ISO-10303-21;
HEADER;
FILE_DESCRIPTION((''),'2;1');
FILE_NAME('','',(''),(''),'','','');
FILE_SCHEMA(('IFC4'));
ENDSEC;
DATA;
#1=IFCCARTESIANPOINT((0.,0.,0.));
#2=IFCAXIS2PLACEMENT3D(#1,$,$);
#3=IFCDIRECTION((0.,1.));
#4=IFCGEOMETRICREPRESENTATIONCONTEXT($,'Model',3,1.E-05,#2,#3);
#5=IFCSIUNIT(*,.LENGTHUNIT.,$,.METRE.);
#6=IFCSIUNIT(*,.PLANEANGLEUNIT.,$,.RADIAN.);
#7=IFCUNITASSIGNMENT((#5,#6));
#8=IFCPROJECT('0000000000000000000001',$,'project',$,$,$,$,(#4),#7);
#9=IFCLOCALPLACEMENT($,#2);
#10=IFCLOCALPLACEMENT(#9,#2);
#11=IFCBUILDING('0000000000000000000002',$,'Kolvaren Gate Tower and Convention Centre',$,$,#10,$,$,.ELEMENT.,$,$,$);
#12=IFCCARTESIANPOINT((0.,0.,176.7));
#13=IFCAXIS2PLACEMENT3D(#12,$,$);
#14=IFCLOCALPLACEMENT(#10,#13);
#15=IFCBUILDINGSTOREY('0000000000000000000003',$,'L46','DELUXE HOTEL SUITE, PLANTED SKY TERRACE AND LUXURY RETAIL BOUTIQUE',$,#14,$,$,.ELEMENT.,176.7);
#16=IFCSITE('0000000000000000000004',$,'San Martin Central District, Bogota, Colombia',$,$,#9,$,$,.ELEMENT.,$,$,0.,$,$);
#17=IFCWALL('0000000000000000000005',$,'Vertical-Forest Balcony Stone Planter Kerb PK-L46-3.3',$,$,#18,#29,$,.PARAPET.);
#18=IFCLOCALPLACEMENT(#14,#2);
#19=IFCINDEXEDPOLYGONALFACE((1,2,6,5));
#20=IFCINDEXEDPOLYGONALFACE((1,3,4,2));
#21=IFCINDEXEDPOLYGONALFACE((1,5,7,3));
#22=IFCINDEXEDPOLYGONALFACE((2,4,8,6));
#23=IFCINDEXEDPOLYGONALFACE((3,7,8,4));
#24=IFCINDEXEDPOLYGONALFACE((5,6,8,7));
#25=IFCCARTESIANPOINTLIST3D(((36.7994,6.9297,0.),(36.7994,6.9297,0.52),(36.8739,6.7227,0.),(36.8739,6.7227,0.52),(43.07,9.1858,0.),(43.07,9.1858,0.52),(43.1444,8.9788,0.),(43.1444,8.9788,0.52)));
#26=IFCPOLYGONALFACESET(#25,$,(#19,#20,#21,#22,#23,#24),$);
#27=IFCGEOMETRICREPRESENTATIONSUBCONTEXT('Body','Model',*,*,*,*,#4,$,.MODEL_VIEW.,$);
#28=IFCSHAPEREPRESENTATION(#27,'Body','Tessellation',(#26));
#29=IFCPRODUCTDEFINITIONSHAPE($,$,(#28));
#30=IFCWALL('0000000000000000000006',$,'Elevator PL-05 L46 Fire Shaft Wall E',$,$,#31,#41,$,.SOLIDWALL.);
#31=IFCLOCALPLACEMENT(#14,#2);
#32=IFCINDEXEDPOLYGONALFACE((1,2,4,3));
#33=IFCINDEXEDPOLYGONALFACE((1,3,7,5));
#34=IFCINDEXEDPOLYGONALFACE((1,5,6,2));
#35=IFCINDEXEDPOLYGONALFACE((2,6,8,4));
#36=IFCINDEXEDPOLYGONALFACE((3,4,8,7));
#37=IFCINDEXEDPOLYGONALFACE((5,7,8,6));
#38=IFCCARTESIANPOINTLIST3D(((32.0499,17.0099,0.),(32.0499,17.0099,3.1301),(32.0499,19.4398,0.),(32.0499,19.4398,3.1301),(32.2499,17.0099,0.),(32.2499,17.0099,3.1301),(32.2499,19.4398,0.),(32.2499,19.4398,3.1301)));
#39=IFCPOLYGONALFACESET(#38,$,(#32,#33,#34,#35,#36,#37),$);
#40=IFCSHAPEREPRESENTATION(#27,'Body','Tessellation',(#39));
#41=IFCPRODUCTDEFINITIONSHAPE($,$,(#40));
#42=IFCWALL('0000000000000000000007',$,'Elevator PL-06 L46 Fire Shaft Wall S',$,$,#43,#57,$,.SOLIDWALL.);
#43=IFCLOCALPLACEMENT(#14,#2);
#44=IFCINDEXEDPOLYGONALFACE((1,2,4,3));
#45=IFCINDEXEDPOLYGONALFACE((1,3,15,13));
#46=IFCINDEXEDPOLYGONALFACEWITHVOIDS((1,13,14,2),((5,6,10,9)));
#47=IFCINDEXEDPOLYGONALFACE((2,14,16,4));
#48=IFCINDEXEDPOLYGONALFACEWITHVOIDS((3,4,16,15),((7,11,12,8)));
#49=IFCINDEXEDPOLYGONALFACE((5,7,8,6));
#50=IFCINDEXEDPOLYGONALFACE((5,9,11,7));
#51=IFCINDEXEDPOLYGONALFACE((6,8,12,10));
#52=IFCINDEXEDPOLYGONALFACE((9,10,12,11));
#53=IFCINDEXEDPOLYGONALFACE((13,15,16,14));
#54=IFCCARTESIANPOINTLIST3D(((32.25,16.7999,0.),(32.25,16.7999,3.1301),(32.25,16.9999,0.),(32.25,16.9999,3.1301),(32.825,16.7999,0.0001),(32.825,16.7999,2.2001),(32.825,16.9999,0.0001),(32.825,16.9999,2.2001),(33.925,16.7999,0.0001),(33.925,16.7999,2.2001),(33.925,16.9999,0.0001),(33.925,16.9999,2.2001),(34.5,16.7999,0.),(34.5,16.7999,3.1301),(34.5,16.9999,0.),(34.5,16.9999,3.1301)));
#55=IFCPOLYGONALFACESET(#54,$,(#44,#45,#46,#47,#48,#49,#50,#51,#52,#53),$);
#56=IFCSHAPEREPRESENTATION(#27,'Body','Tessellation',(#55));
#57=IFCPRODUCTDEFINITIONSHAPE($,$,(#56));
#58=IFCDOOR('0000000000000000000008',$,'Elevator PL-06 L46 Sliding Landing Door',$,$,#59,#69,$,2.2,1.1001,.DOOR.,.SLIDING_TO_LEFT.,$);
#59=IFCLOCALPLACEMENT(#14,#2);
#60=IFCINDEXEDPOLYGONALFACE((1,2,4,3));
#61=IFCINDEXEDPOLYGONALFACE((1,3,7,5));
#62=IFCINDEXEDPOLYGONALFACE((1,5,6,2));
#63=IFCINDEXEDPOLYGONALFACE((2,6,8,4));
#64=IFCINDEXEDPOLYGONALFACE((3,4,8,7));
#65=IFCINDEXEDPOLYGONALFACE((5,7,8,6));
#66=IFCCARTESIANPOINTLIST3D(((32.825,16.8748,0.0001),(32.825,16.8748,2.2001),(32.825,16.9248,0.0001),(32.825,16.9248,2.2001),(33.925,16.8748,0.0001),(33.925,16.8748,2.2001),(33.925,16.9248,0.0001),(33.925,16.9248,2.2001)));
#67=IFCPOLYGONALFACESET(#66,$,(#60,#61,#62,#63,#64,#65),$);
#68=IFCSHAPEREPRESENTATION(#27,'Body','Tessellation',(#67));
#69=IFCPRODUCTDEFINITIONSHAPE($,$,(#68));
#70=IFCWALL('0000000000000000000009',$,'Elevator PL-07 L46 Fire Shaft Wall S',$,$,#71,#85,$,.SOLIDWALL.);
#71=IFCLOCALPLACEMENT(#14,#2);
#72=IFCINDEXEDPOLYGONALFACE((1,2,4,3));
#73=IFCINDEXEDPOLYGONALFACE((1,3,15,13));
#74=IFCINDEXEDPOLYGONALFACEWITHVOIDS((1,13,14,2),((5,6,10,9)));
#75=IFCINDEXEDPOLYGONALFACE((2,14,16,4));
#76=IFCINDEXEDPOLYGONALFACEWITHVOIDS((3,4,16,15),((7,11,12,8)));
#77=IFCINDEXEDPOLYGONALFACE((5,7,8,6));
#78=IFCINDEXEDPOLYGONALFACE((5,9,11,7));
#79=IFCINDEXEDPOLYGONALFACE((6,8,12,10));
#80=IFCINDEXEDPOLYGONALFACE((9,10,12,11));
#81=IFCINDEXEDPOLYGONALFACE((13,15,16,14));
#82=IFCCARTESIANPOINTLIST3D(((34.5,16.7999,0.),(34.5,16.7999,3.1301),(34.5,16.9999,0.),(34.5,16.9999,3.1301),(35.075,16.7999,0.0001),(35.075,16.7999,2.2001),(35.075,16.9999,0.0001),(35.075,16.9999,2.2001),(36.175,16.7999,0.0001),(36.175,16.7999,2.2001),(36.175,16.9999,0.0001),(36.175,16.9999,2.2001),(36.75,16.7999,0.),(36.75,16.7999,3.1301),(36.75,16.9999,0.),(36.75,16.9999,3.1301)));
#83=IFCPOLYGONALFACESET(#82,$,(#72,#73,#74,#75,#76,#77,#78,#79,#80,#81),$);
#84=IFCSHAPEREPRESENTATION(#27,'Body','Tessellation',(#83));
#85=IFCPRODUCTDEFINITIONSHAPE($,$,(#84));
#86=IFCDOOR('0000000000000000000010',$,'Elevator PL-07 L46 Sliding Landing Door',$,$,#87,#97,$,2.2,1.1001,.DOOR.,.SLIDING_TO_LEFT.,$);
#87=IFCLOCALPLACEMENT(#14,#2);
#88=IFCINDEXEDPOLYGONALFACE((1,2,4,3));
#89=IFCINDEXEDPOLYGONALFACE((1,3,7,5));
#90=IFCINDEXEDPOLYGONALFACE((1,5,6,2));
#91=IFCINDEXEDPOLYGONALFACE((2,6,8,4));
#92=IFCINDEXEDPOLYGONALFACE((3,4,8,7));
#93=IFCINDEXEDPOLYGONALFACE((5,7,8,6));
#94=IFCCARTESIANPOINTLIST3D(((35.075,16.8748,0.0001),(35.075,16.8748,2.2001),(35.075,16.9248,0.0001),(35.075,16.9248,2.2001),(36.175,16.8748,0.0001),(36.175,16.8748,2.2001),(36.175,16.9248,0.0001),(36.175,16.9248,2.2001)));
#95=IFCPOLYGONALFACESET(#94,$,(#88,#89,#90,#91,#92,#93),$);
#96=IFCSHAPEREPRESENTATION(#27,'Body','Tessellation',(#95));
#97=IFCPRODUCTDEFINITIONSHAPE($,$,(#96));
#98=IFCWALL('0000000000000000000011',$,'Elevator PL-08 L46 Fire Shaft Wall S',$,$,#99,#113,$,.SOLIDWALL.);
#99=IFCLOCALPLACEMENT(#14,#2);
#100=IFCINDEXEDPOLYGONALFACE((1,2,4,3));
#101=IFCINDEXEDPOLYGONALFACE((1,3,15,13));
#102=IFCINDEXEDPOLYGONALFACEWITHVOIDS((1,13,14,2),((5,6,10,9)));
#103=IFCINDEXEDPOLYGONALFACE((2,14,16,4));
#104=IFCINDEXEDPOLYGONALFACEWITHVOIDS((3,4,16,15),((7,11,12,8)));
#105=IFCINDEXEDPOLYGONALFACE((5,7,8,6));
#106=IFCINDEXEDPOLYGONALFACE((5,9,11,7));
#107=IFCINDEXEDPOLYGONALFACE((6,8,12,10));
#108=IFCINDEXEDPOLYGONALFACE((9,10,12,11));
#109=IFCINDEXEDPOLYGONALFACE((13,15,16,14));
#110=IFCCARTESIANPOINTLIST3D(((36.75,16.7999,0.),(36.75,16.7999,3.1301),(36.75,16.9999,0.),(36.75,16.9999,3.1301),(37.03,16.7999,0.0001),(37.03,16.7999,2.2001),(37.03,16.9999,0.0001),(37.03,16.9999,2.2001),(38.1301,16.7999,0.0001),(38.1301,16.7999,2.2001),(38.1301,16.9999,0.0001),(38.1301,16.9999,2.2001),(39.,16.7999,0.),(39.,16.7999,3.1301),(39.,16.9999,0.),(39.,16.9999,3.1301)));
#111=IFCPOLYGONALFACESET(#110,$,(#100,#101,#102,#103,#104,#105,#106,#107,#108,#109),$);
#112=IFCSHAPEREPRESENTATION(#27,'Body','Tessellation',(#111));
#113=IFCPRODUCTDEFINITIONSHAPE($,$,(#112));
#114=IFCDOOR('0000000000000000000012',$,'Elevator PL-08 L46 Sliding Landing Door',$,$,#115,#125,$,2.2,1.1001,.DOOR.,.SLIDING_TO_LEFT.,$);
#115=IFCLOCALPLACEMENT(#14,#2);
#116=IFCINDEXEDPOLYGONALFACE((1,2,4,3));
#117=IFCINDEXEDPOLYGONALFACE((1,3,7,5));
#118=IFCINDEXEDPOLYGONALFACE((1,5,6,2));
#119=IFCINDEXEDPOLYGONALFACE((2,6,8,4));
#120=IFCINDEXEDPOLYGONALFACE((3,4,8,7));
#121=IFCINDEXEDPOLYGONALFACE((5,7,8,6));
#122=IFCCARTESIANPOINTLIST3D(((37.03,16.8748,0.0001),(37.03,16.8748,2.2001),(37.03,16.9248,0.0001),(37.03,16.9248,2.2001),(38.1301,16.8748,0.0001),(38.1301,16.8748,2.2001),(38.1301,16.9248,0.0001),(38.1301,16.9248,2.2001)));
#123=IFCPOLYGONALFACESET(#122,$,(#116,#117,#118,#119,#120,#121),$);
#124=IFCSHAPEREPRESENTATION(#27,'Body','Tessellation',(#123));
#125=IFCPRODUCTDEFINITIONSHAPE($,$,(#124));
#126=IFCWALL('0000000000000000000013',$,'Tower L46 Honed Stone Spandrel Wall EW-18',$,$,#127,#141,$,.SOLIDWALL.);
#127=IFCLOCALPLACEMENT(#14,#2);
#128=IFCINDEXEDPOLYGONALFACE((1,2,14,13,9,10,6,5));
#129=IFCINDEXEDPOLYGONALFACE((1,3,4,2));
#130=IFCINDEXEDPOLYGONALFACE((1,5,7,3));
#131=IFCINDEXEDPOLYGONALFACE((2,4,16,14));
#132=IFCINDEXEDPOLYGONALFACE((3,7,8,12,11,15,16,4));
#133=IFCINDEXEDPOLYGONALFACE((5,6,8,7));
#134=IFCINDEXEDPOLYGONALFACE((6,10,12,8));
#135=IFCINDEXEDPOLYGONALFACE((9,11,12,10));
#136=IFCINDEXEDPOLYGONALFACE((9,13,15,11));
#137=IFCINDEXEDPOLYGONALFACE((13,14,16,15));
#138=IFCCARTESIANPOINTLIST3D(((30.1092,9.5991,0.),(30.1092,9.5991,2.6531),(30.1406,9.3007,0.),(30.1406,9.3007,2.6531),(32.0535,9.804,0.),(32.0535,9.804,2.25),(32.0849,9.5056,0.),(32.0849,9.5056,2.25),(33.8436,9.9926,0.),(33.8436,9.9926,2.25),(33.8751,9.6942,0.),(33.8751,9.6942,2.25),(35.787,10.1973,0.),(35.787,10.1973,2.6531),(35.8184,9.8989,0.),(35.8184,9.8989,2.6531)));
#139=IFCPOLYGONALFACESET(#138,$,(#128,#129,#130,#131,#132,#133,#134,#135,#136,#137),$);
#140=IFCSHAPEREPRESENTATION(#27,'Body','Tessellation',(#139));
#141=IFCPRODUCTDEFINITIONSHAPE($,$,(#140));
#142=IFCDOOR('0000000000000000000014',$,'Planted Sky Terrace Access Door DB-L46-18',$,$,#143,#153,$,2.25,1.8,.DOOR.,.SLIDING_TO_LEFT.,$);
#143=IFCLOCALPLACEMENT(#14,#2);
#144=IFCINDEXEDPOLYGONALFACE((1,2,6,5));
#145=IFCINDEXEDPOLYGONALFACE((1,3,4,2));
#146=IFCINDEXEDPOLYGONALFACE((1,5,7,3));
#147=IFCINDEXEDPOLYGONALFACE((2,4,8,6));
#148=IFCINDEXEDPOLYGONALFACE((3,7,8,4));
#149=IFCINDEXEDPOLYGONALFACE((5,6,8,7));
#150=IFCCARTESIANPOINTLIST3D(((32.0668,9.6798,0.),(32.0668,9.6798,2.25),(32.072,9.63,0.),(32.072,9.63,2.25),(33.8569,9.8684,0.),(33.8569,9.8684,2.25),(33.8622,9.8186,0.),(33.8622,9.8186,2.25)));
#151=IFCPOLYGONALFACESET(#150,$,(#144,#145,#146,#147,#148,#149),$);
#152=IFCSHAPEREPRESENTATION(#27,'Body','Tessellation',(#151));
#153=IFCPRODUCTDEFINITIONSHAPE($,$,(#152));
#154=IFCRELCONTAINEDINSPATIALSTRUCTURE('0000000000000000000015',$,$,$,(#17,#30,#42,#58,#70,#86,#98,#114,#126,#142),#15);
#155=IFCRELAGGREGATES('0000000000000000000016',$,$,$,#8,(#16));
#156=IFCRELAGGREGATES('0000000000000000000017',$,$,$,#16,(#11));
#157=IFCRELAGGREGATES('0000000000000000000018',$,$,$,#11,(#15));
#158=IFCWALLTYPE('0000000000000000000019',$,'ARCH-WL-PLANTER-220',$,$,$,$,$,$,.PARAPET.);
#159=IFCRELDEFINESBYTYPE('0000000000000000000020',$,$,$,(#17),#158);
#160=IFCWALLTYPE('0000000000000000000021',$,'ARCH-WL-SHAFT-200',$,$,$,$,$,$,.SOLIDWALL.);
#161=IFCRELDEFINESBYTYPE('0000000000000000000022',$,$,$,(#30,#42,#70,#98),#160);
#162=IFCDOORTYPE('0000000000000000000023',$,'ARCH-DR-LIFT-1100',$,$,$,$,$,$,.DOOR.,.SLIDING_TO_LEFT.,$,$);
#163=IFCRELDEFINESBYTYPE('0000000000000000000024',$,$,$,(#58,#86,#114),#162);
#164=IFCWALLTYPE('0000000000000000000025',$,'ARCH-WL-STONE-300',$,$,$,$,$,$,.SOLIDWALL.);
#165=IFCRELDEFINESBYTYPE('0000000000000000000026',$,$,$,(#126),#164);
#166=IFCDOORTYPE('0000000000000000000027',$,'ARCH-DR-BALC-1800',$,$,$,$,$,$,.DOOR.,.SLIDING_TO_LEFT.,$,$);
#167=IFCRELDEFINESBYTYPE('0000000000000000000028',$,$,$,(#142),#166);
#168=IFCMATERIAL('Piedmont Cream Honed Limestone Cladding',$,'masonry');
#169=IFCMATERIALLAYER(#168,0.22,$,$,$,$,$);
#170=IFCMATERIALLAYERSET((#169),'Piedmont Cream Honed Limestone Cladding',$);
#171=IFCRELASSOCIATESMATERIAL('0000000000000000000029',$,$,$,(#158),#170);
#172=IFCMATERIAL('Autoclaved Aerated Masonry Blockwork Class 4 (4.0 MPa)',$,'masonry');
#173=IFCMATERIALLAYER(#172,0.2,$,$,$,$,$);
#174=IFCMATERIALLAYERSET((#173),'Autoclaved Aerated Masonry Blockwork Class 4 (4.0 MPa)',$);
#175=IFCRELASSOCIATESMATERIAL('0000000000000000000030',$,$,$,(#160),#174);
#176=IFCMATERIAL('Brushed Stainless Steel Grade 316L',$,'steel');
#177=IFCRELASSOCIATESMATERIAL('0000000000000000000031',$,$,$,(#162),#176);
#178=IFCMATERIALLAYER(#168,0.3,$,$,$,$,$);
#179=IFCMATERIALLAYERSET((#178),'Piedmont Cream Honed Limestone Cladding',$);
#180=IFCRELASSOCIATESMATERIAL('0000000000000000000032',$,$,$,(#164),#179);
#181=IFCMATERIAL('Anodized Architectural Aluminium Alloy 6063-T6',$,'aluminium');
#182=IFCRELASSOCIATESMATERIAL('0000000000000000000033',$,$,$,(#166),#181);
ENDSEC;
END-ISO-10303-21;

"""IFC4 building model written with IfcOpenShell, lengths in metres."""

from ifc_helpers import new_model, si_unit, direction, frame, frame_2d, origin, place, context, subcontext, project, spatial, rectangle, extrude, material, layer, layer_set, type_object, element, fill, save


model = new_model("IFC4")

# Units and contexts
model_context = context("Model", 3, precision=1e-05, world=origin(), true_north=direction((0.0, 1.0)))
body_context = subcontext(model_context, "Body", "Model", "MODEL_VIEW")
ifc_project = project(units=[si_unit("LENGTHUNIT", "METRE"), si_unit("PLANEANGLEUNIT", "RADIAN")], contexts=[model_context])

# Site, building, storey
site_placement = place(None, origin())
site = spatial("IfcSite", under=ifc_project, at=site_placement, Name="San Martin Central District, Bogota, Colombia", CompositionType="ELEMENT", RefElevation=0.0)
building_placement = place(site_placement, origin())
building = spatial("IfcBuilding", under=site, at=building_placement, Name="Kolvaren Gate Tower and Convention Centre", CompositionType="ELEMENT")
storey_placement = place(building_placement, frame((0.0, 0.0, 176.7)))
storey = spatial("IfcBuildingStorey", under=building, at=storey_placement, Name="L46", Description="DELUXE HOTEL SUITE, PLANTED SKY TERRACE AND LUXURY RETAIL BOUTIQUE", CompositionType="ELEMENT", Elevation=176.7)

# Walls
ifc_material_1 = material(Name="Piedmont Cream Honed Limestone Cladding", Category="masonry")
ifc_layer_1 = layer(ifc_material_1, 0.22)
ifc_layer_set_1 = layer_set([ifc_layer_1], Name="Piedmont Cream Honed Limestone Cladding")
wall_type_1 = type_object("IfcWallType", Name="ARCH-WL-PLANTER-220", PredefinedType="PARAPET", material=ifc_layer_set_1)
wall_1_placement = place(storey_placement, frame((36.8367, 6.8262, 0.0), z_axis=(0.0, 0.0, 1.0), x_axis=(0.940949, 0.33855, 0.0)))
element("IfcWall", 1, at=wall_1_placement, inside=storey, type_object=wall_type_1, Name="Vertical-Forest Balcony Stone Planter Kerb PK-L46-3.3", PredefinedType="PARAPET", context=body_context, shape_type="SweptSolid", body=[
    extrude(rectangle(XDim=6.6641, YDim=0.22, at=frame_2d((3.332, 0.0))), origin(), (0.0, 0.0, 1.0), 0.52),
])
ifc_material_2 = material(Name="Autoclaved Aerated Masonry Blockwork Class 4 (4.0 MPa)", Category="masonry")
ifc_layer_2 = layer(ifc_material_2, 0.2)
ifc_layer_set_2 = layer_set([ifc_layer_2], Name="Autoclaved Aerated Masonry Blockwork Class 4 (4.0 MPa)")
wall_type_2 = type_object("IfcWallType", Name="ARCH-WL-SHAFT-200", PredefinedType="SOLIDWALL", material=ifc_layer_set_2)
wall_2_placement = place(storey_placement, frame((32.1499, 17.01, 0.0), z_axis=(0.0, 0.0, 1.0), x_axis=(0.0, 1.0, 0.0)))
element("IfcWall", 2, at=wall_2_placement, inside=storey, type_object=wall_type_2, Name="Elevator PL-05 L46 Fire Shaft Wall E", PredefinedType="SOLIDWALL", context=body_context, shape_type="SweptSolid", body=[
    extrude(rectangle(XDim=2.4299, YDim=0.2, at=frame_2d((1.2148, 0.0))), origin(), (0.0, 0.0, 1.0), 3.1301),
])

# Walls, openings, doors
wall_3_placement = place(storey_placement, frame((32.25, 16.8999, 0.0), z_axis=(0.0, 0.0, 1.0), x_axis=(1.0, 0.0, 0.0)))
wall_3 = element("IfcWall", 3, at=wall_3_placement, inside=storey, type_object=wall_type_2, Name="Elevator PL-06 L46 Fire Shaft Wall S", PredefinedType="SOLIDWALL", context=body_context, shape_type="SweptSolid", body=[
    extrude(rectangle(XDim=2.25, YDim=0.2, at=frame_2d((1.125, 0.0))), origin(), (0.0, 0.0, 1.0), 3.1301),
])
opening_1_placement = place(wall_3_placement, frame((0.575, 0.0, 0.0)))
opening_1 = element("IfcOpeningElement", 4, at=opening_1_placement, cuts=wall_3, PredefinedType="OPENING", context=body_context, shape_type="SweptSolid", body=[
    extrude(rectangle(XDim=1.1001, YDim=2.2, at=frame_2d((0.55, 1.1001))), frame((0.0, 0.1099, 0.0), z_axis=(0.0, -1.0, 0.0), x_axis=(1.0, 0.0, 0.0)), (0.0, 0.0, 1.0), 0.22),
])
ifc_material_3 = material(Name="Brushed Stainless Steel Grade 316L", Category="steel")
door_type_1 = type_object("IfcDoorType", Name="ARCH-DR-LIFT-1100", OperationType="SLIDING_TO_LEFT", PredefinedType="DOOR", material=ifc_material_3)
door_1_placement = place(opening_1_placement, origin())
door_1 = element("IfcDoor", 5, at=door_1_placement, inside=storey, type_object=door_type_1, Name="Elevator PL-06 L46 Sliding Landing Door", OperationType="SLIDING_TO_LEFT", OverallHeight=2.2, OverallWidth=1.1001, PredefinedType="DOOR", context=body_context, shape_type="SweptSolid", body=[
    extrude(rectangle(XDim=1.1001, YDim=2.2, at=frame_2d((0.55, 1.1001))), frame((0.0, 0.0249, 0.0), z_axis=(0.0, -1.0, 0.0), x_axis=(1.0, 0.0, 0.0)), (0.0, 0.0, 1.0), 0.05),
])
fill(opening_1, door_1)
wall_4_placement = place(storey_placement, frame((34.5, 16.8999, 0.0), z_axis=(0.0, 0.0, 1.0), x_axis=(1.0, 0.0, 0.0)))
wall_4 = element("IfcWall", 6, at=wall_4_placement, inside=storey, type_object=wall_type_2, Name="Elevator PL-07 L46 Fire Shaft Wall S", PredefinedType="SOLIDWALL", context=body_context, shape_type="SweptSolid", body=[
    extrude(rectangle(XDim=2.25, YDim=0.2, at=frame_2d((1.125, 0.0))), origin(), (0.0, 0.0, 1.0), 3.1301),
])
opening_2_placement = place(wall_4_placement, frame((0.575, 0.0, 0.0)))
opening_2 = element("IfcOpeningElement", 7, at=opening_2_placement, cuts=wall_4, PredefinedType="OPENING", context=body_context, shape_type="SweptSolid", body=[
    extrude(rectangle(XDim=1.1001, YDim=2.2, at=frame_2d((0.55, 1.1001))), frame((0.0, 0.1099, 0.0), z_axis=(0.0, -1.0, 0.0), x_axis=(1.0, 0.0, 0.0)), (0.0, 0.0, 1.0), 0.22),
])
door_2_placement = place(opening_2_placement, origin())
door_2 = element("IfcDoor", 8, at=door_2_placement, inside=storey, type_object=door_type_1, Name="Elevator PL-07 L46 Sliding Landing Door", OperationType="SLIDING_TO_LEFT", OverallHeight=2.2, OverallWidth=1.1001, PredefinedType="DOOR", context=body_context, shape_type="SweptSolid", body=[
    extrude(rectangle(XDim=1.1001, YDim=2.2, at=frame_2d((0.55, 1.1001))), frame((0.0, 0.0249, 0.0), z_axis=(0.0, -1.0, 0.0), x_axis=(1.0, 0.0, 0.0)), (0.0, 0.0, 1.0), 0.05),
])
fill(opening_2, door_2)
wall_5_placement = place(storey_placement, frame((36.75, 16.8999, 0.0), z_axis=(0.0, 0.0, 1.0), x_axis=(1.0, 0.0, 0.0)))
wall_5 = element("IfcWall", 9, at=wall_5_placement, inside=storey, type_object=wall_type_2, Name="Elevator PL-08 L46 Fire Shaft Wall S", PredefinedType="SOLIDWALL", context=body_context, shape_type="SweptSolid", body=[
    extrude(rectangle(XDim=2.25, YDim=0.2, at=frame_2d((1.125, 0.0))), origin(), (0.0, 0.0, 1.0), 3.1301),
])
opening_3_placement = place(wall_5_placement, frame((0.28, 0.0, 0.0)))
opening_3 = element("IfcOpeningElement", 10, at=opening_3_placement, cuts=wall_5, PredefinedType="OPENING", context=body_context, shape_type="SweptSolid", body=[
    extrude(rectangle(XDim=1.1001, YDim=2.2, at=frame_2d((0.55, 1.1001))), frame((0.0, 0.1099, 0.0), z_axis=(0.0, -1.0, 0.0), x_axis=(1.0, 0.0, 0.0)), (0.0, 0.0, 1.0), 0.22),
])
door_3_placement = place(opening_3_placement, origin())
door_3 = element("IfcDoor", 11, at=door_3_placement, inside=storey, type_object=door_type_1, Name="Elevator PL-08 L46 Sliding Landing Door", OperationType="SLIDING_TO_LEFT", OverallHeight=2.2, OverallWidth=1.1001, PredefinedType="DOOR", context=body_context, shape_type="SweptSolid", body=[
    extrude(rectangle(XDim=1.1001, YDim=2.2, at=frame_2d((0.55, 1.1001))), frame((0.0, 0.0249, 0.0), z_axis=(0.0, -1.0, 0.0), x_axis=(1.0, 0.0, 0.0)), (0.0, 0.0, 1.0), 0.05),
])
fill(opening_3, door_3)
ifc_layer_3 = layer(ifc_material_1, 0.3)
ifc_layer_set_3 = layer_set([ifc_layer_3], Name="Piedmont Cream Honed Limestone Cladding")
wall_type_3 = type_object("IfcWallType", Name="ARCH-WL-STONE-300", PredefinedType="SOLIDWALL", material=ifc_layer_set_3)
wall_6_placement = place(storey_placement, frame((30.125, 9.45, 0.0), z_axis=(0.0, 0.0, 1.0), x_axis=(0.994497, 0.104769, 0.0)))
wall_6 = element("IfcWall", 12, at=wall_6_placement, inside=storey, type_object=wall_type_3, Name="Tower L46 Honed Stone Spandrel Wall EW-18", PredefinedType="SOLIDWALL", context=body_context, shape_type="SweptSolid", body=[
    extrude(rectangle(XDim=5.7092, YDim=0.3, at=frame_2d((2.8545, 0.0))), origin(), (0.0, 0.0, 1.0), 2.6531),
])
opening_4_placement = place(wall_6_placement, frame((1.9551, 0.0, 0.0)))
opening_4 = element("IfcOpeningElement", 13, at=opening_4_placement, cuts=wall_6, PredefinedType="OPENING", context=body_context, shape_type="SweptSolid", body=[
    extrude(rectangle(XDim=1.8, YDim=2.25, at=frame_2d((0.8999, 1.125))), frame((0.0, 0.1599, 0.0), z_axis=(0.0, -1.0, 0.0), x_axis=(1.0, 0.0, 0.0)), (0.0, 0.0, 1.0), 0.3201),
])
ifc_material_4 = material(Name="Anodized Architectural Aluminium Alloy 6063-T6", Category="aluminium")
door_type_2 = type_object("IfcDoorType", Name="ARCH-DR-BALC-1800", OperationType="SLIDING_TO_LEFT", PredefinedType="DOOR", material=ifc_material_4)
door_4_placement = place(opening_4_placement, frame((1.8, 0.0, 0.0), z_axis=(0.0, 0.0, 1.0), x_axis=(-1.0, 0.0, 0.0)))
door_4 = element("IfcDoor", 14, at=door_4_placement, inside=storey, type_object=door_type_2, Name="Planted Sky Terrace Access Door DB-L46-18", OperationType="SLIDING_TO_LEFT", OverallHeight=2.25, OverallWidth=1.8, PredefinedType="DOOR", context=body_context, shape_type="SweptSolid", body=[
    extrude(rectangle(XDim=1.8, YDim=2.25, at=frame_2d((0.8999, 1.125))), frame((0.0, 0.0249, 0.0), z_axis=(0.0, -1.0, 0.0), x_axis=(1.0, 0.0, 0.0)), (0.0, 0.0, 1.0), 0.05),
])
fill(opening_4, door_4)

save(model, "model.ifc")
